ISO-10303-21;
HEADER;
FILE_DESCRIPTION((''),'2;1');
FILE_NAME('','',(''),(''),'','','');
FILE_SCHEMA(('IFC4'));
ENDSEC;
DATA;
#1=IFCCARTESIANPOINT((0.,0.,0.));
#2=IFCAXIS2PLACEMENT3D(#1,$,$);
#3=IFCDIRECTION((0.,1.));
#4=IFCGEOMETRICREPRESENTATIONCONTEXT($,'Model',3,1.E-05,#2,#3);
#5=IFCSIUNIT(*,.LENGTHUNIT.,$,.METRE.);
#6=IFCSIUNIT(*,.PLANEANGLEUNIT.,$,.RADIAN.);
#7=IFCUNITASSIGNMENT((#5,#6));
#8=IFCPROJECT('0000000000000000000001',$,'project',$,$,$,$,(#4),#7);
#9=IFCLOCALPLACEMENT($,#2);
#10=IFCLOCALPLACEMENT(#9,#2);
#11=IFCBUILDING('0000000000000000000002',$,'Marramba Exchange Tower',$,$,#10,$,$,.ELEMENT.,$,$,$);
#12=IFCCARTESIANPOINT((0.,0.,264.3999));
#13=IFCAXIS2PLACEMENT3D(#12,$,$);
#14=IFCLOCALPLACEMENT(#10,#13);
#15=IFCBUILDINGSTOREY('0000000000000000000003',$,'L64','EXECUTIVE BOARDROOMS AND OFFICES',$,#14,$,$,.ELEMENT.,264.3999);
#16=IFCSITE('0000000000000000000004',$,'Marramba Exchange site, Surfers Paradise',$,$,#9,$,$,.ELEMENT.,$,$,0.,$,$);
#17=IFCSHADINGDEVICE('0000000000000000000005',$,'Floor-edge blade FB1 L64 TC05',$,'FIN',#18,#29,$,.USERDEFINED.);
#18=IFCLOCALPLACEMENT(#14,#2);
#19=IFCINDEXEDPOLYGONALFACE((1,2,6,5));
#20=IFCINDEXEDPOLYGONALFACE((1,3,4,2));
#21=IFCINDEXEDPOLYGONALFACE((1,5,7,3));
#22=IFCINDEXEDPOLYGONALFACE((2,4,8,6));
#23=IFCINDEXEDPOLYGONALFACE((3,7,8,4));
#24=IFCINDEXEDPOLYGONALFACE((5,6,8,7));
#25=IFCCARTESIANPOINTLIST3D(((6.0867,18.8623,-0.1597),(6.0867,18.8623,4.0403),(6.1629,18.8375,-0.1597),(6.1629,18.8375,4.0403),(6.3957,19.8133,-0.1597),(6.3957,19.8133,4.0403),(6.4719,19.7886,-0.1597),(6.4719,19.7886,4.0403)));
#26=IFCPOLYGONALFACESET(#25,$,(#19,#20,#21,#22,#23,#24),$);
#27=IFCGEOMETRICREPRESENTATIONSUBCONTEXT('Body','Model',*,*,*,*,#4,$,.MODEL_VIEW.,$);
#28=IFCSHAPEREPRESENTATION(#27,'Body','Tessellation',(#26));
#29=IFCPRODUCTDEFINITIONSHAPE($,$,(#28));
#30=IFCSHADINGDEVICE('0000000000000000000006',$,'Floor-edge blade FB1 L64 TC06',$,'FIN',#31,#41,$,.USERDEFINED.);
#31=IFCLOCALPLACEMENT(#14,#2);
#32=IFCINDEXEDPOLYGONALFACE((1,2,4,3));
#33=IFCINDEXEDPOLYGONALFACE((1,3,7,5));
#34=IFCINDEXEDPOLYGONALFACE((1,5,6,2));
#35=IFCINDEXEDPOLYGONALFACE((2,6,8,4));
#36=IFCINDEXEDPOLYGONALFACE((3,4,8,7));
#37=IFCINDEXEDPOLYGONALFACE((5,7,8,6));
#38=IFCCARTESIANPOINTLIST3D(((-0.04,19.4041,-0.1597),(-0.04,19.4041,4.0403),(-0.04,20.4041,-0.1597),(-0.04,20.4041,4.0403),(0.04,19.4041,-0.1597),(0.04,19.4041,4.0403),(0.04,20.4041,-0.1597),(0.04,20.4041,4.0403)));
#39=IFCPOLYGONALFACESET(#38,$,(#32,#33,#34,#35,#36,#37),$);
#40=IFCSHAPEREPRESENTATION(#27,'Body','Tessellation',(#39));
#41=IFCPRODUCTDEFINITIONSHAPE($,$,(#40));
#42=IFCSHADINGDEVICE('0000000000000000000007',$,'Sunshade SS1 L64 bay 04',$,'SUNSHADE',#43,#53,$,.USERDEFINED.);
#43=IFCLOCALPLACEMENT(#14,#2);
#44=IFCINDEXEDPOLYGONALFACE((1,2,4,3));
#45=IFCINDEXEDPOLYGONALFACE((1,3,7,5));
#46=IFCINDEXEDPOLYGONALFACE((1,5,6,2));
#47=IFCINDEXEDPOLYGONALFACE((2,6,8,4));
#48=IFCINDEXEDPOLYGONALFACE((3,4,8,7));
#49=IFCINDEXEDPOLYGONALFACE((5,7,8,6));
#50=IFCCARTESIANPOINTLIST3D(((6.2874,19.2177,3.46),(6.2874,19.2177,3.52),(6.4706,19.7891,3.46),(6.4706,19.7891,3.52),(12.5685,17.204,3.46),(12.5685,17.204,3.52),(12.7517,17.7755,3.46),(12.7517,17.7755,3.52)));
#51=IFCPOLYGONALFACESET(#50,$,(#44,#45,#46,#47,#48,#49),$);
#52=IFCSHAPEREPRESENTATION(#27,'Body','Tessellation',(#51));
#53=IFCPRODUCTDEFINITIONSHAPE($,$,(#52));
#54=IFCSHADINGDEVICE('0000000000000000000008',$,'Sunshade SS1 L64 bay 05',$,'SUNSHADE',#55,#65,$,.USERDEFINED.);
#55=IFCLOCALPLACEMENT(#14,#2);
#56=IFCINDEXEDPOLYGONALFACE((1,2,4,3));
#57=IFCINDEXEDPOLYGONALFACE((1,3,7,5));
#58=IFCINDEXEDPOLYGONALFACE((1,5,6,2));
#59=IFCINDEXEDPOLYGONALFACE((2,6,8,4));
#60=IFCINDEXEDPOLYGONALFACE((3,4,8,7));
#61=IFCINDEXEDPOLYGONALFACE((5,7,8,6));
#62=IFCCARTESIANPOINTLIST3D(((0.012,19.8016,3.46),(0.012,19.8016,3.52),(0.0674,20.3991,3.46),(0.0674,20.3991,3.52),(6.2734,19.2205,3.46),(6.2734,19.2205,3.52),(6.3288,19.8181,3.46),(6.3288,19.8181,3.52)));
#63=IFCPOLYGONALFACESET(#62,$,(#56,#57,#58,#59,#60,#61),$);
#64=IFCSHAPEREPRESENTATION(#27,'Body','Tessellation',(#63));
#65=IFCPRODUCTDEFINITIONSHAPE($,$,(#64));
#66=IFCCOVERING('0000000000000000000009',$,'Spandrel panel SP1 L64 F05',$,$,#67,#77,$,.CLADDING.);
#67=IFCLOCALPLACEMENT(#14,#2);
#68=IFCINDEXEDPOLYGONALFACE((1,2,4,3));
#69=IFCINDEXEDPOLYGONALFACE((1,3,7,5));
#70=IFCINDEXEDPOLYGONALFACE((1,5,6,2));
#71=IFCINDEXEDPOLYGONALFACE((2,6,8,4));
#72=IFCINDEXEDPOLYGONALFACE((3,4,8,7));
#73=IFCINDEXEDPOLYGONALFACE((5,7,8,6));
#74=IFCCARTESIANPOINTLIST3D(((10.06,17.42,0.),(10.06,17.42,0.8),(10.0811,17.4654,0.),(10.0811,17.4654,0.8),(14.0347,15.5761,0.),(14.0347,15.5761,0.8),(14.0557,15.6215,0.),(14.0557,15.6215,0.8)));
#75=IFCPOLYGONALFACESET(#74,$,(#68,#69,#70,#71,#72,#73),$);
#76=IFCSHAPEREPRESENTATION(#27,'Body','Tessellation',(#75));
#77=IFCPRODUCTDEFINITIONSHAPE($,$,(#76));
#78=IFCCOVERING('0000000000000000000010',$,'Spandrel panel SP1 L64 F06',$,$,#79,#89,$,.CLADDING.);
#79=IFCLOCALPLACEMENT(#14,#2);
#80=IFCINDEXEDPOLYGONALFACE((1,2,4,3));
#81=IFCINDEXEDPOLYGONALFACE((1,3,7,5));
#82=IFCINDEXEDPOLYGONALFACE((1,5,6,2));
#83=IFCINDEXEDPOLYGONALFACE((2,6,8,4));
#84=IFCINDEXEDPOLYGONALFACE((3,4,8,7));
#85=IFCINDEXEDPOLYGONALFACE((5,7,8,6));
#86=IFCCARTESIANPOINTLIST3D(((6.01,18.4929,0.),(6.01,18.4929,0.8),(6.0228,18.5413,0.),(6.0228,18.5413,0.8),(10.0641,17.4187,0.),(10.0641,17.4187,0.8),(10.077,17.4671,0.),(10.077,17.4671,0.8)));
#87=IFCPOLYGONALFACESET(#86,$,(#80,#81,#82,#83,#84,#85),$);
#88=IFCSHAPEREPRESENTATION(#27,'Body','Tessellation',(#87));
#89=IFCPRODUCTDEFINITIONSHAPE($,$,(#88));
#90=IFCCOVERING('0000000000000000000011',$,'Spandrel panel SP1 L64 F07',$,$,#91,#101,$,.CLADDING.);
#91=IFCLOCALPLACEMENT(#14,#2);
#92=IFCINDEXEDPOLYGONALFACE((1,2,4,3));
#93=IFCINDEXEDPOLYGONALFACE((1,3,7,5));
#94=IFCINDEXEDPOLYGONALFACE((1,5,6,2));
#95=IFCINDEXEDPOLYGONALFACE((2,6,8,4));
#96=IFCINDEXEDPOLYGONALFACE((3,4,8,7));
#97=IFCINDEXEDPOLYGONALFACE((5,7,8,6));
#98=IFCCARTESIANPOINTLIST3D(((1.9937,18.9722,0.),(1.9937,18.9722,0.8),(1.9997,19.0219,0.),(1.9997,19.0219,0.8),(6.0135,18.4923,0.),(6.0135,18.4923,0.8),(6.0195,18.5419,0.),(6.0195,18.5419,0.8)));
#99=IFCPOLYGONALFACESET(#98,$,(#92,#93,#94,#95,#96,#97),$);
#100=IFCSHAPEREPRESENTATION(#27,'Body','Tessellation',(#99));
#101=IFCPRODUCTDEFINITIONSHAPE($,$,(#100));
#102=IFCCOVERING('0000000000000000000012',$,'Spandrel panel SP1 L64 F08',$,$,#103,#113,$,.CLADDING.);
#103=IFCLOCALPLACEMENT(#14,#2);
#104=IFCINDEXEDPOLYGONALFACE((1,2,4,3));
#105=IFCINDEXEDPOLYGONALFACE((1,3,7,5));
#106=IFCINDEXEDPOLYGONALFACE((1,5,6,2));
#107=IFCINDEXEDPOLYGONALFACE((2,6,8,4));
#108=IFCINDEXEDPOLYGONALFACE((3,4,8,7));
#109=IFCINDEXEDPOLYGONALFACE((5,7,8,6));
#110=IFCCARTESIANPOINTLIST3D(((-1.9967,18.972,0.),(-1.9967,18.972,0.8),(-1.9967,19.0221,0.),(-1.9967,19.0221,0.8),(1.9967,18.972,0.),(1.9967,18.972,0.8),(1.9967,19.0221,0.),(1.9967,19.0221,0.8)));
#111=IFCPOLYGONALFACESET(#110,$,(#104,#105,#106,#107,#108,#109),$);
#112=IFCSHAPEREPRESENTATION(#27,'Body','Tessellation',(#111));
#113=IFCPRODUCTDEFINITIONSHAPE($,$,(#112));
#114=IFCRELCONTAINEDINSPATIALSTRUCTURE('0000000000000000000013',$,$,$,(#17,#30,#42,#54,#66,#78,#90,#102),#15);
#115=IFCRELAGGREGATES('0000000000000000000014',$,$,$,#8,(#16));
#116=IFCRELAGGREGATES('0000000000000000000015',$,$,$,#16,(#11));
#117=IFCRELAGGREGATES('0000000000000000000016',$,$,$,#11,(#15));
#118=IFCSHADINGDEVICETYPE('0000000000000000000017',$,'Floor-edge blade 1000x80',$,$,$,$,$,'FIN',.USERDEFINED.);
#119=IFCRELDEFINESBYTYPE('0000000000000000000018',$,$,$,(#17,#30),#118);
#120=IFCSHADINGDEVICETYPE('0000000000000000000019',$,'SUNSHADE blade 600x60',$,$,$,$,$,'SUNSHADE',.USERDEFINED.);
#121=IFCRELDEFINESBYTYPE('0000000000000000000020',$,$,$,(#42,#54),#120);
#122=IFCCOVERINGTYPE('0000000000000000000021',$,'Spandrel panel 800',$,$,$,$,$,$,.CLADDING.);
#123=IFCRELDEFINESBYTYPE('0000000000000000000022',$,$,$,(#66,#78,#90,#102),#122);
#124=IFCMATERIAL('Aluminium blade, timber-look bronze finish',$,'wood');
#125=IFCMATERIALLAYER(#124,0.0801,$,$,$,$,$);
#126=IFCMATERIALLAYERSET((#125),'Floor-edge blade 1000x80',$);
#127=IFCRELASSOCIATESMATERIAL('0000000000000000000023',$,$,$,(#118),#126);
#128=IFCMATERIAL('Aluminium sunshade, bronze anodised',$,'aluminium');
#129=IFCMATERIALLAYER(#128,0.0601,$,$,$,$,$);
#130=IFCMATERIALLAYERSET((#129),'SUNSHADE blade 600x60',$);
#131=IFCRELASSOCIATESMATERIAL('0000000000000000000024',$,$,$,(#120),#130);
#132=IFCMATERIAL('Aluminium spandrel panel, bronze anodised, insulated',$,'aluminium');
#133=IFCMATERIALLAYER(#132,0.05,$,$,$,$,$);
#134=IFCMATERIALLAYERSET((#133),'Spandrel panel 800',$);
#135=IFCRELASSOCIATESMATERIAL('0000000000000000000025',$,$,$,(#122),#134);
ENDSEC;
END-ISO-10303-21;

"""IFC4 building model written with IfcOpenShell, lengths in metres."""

from ifc_helpers import new_model, si_unit, direction, frame, origin, origin_2d, place, context, subcontext, project, spatial, rectangle, extrude, material, layer, layer_set, type_object, element, save


model = new_model("IFC4")

# Units and contexts
model_context = context("Model", 3, precision=1e-05, world=origin(), true_north=direction((0.0, 1.0)))
body_context = subcontext(model_context, "Body", "Model", "MODEL_VIEW")
ifc_project = project(units=[si_unit("LENGTHUNIT", "METRE"), si_unit("PLANEANGLEUNIT", "RADIAN")], contexts=[model_context])

# Site, building, storey
site_placement = place(None, origin())
site = spatial("IfcSite", under=ifc_project, at=site_placement, Name="Marramba Exchange site, Surfers Paradise", CompositionType="ELEMENT", RefElevation=0.0)
building_placement = place(site_placement, origin())
building = spatial("IfcBuilding", under=site, at=building_placement, Name="Marramba Exchange Tower", CompositionType="ELEMENT")
storey_placement = place(building_placement, frame((0.0, 0.0, 264.3999)))
storey = spatial("IfcBuildingStorey", under=building, at=storey_placement, Name="L64", Description="EXECUTIVE BOARDROOMS AND OFFICES", CompositionType="ELEMENT", Elevation=264.3999)

# Shading devices
ifc_material_1 = material(Name="Aluminium blade, timber-look bronze finish", Category="wood")
ifc_layer_1 = layer(ifc_material_1, 0.0801)
ifc_layer_set_1 = layer_set([ifc_layer_1], Name="Floor-edge blade 1000x80")
shading_device_type_1 = type_object("IfcShadingDeviceType", Name="Floor-edge blade 1000x80", ElementType="FIN", PredefinedType="USERDEFINED", material=ifc_layer_set_1)
for number, where, z_axis, x_axis, name in (
    (1, (6.2793, 19.3254, -0.1597), (0.0, 0.0, 1.0), (0.309017, 0.951057, 0.0), "Floor-edge blade FB1 L64 TC05"),
    (2, (0.0, 19.9041, -0.1597), (0.0, 0.0, 1.0), (0.0, 1.0, 0.0), "Floor-edge blade FB1 L64 TC06"),
):
    element("IfcShadingDevice", number, at=place(storey_placement, frame(where, z_axis=z_axis, x_axis=x_axis)), inside=storey, type_object=shading_device_type_1, Name=name, ObjectType="FIN", PredefinedType="USERDEFINED", context=body_context, shape_type="SweptSolid", body=[
        extrude(rectangle(XDim=1.0, YDim=0.0801, at=origin_2d()), origin(), (0.0, 0.0, 1.0), 4.2),
    ])
ifc_material_2 = material(Name="Aluminium sunshade, bronze anodised", Category="aluminium")
ifc_layer_2 = layer(ifc_material_2, 0.0601)
ifc_layer_set_2 = layer_set([ifc_layer_2], Name="SUNSHADE blade 600x60")
shading_device_type_2 = type_object("IfcShadingDeviceType", Name="SUNSHADE blade 600x60", ElementType="SUNSHADE", PredefinedType="USERDEFINED", material=ifc_layer_set_2)
shading_device_1_placement = place(storey_placement, frame((9.5195, 18.4966, 3.46), z_axis=(0.0, 0.0, 1.0), x_axis=(-0.95226, 0.305289, 0.0)))
element("IfcShadingDevice", 3, at=shading_device_1_placement, inside=storey, type_object=shading_device_type_2, Name="Sunshade SS1 L64 bay 04", ObjectType="SUNSHADE", PredefinedType="USERDEFINED", context=body_context, shape_type="SweptSolid", body=[
    extrude(rectangle(XDim=6.5959, YDim=0.6001, at=origin_2d()), origin(), (0.0, 0.0, 1.0), 0.0601),
])
shading_device_2_placement = place(storey_placement, frame((3.1704, 19.8098, 3.46), z_axis=(0.0, 0.0, 1.0), x_axis=(-0.995722, 0.092397, 0.0)))
element("IfcShadingDevice", 4, at=shading_device_2_placement, inside=storey, type_object=shading_device_type_2, Name="Sunshade SS1 L64 bay 05", ObjectType="SUNSHADE", PredefinedType="USERDEFINED", context=body_context, shape_type="SweptSolid", body=[
    extrude(rectangle(XDim=6.2883, YDim=0.6001, at=origin_2d()), origin(), (0.0, 0.0, 1.0), 0.0601),
])

# Coverings
ifc_material_3 = material(Name="Aluminium spandrel panel, bronze anodised, insulated", Category="aluminium")
ifc_layer_3 = layer(ifc_material_3, 0.05)
ifc_layer_set_3 = layer_set([ifc_layer_3], Name="Spandrel panel 800")
covering_type = type_object("IfcCoveringType", Name="Spandrel panel 800", PredefinedType="CLADDING", material=ifc_layer_set_3)
covering_1_placement = place(storey_placement, frame((12.0579, 16.5208, 0.0), z_axis=(0.0, 0.0, 1.0), x_axis=(-0.907131, 0.420849, 0.0)))
element("IfcCovering", 5, at=covering_1_placement, inside=storey, type_object=covering_type, Name="Spandrel panel SP1 L64 F05", PredefinedType="CLADDING", context=body_context, shape_type="SweptSolid", body=[
    extrude(rectangle(XDim=4.3816, YDim=0.05, at=origin_2d()), origin(), (0.0, 0.0, 1.0), 0.8),
])
covering_2_placement = place(storey_placement, frame((8.0435, 17.98, 0.0), z_axis=(0.0, 0.0, 1.0), x_axis=(-0.966644, 0.256126, 0.0)))
element("IfcCovering", 6, at=covering_2_placement, inside=storey, type_object=covering_type, Name="Spandrel panel SP1 L64 F06", PredefinedType="CLADDING", context=body_context, shape_type="SweptSolid", body=[
    extrude(rectangle(XDim=4.1941, YDim=0.05, at=origin_2d()), origin(), (0.0, 0.0, 1.0), 0.8),
])
covering_3_placement = place(storey_placement, frame((4.0066, 18.7571, 0.0), z_axis=(0.0, 0.0, 1.0), x_axis=(-0.992947, 0.118557, 0.0)))
element("IfcCovering", 7, at=covering_3_placement, inside=storey, type_object=covering_type, Name="Spandrel panel SP1 L64 F07", PredefinedType="CLADDING", context=body_context, shape_type="SweptSolid", body=[
    extrude(rectangle(XDim=4.0483, YDim=0.05, at=origin_2d()), origin(), (0.0, 0.0, 1.0), 0.8),
])
covering_4_placement = place(storey_placement, frame((0.0, 18.9971, 0.0), z_axis=(0.0, 0.0, 1.0), x_axis=(-1.0, 0.0, 0.0)))
element("IfcCovering", 8, at=covering_4_placement, inside=storey, type_object=covering_type, Name="Spandrel panel SP1 L64 F08", PredefinedType="CLADDING", context=body_context, shape_type="SweptSolid", body=[
    extrude(rectangle(XDim=3.9934, YDim=0.05, at=origin_2d()), origin(), (0.0, 0.0, 1.0), 0.8),
])

save(model, "model.ifc")
